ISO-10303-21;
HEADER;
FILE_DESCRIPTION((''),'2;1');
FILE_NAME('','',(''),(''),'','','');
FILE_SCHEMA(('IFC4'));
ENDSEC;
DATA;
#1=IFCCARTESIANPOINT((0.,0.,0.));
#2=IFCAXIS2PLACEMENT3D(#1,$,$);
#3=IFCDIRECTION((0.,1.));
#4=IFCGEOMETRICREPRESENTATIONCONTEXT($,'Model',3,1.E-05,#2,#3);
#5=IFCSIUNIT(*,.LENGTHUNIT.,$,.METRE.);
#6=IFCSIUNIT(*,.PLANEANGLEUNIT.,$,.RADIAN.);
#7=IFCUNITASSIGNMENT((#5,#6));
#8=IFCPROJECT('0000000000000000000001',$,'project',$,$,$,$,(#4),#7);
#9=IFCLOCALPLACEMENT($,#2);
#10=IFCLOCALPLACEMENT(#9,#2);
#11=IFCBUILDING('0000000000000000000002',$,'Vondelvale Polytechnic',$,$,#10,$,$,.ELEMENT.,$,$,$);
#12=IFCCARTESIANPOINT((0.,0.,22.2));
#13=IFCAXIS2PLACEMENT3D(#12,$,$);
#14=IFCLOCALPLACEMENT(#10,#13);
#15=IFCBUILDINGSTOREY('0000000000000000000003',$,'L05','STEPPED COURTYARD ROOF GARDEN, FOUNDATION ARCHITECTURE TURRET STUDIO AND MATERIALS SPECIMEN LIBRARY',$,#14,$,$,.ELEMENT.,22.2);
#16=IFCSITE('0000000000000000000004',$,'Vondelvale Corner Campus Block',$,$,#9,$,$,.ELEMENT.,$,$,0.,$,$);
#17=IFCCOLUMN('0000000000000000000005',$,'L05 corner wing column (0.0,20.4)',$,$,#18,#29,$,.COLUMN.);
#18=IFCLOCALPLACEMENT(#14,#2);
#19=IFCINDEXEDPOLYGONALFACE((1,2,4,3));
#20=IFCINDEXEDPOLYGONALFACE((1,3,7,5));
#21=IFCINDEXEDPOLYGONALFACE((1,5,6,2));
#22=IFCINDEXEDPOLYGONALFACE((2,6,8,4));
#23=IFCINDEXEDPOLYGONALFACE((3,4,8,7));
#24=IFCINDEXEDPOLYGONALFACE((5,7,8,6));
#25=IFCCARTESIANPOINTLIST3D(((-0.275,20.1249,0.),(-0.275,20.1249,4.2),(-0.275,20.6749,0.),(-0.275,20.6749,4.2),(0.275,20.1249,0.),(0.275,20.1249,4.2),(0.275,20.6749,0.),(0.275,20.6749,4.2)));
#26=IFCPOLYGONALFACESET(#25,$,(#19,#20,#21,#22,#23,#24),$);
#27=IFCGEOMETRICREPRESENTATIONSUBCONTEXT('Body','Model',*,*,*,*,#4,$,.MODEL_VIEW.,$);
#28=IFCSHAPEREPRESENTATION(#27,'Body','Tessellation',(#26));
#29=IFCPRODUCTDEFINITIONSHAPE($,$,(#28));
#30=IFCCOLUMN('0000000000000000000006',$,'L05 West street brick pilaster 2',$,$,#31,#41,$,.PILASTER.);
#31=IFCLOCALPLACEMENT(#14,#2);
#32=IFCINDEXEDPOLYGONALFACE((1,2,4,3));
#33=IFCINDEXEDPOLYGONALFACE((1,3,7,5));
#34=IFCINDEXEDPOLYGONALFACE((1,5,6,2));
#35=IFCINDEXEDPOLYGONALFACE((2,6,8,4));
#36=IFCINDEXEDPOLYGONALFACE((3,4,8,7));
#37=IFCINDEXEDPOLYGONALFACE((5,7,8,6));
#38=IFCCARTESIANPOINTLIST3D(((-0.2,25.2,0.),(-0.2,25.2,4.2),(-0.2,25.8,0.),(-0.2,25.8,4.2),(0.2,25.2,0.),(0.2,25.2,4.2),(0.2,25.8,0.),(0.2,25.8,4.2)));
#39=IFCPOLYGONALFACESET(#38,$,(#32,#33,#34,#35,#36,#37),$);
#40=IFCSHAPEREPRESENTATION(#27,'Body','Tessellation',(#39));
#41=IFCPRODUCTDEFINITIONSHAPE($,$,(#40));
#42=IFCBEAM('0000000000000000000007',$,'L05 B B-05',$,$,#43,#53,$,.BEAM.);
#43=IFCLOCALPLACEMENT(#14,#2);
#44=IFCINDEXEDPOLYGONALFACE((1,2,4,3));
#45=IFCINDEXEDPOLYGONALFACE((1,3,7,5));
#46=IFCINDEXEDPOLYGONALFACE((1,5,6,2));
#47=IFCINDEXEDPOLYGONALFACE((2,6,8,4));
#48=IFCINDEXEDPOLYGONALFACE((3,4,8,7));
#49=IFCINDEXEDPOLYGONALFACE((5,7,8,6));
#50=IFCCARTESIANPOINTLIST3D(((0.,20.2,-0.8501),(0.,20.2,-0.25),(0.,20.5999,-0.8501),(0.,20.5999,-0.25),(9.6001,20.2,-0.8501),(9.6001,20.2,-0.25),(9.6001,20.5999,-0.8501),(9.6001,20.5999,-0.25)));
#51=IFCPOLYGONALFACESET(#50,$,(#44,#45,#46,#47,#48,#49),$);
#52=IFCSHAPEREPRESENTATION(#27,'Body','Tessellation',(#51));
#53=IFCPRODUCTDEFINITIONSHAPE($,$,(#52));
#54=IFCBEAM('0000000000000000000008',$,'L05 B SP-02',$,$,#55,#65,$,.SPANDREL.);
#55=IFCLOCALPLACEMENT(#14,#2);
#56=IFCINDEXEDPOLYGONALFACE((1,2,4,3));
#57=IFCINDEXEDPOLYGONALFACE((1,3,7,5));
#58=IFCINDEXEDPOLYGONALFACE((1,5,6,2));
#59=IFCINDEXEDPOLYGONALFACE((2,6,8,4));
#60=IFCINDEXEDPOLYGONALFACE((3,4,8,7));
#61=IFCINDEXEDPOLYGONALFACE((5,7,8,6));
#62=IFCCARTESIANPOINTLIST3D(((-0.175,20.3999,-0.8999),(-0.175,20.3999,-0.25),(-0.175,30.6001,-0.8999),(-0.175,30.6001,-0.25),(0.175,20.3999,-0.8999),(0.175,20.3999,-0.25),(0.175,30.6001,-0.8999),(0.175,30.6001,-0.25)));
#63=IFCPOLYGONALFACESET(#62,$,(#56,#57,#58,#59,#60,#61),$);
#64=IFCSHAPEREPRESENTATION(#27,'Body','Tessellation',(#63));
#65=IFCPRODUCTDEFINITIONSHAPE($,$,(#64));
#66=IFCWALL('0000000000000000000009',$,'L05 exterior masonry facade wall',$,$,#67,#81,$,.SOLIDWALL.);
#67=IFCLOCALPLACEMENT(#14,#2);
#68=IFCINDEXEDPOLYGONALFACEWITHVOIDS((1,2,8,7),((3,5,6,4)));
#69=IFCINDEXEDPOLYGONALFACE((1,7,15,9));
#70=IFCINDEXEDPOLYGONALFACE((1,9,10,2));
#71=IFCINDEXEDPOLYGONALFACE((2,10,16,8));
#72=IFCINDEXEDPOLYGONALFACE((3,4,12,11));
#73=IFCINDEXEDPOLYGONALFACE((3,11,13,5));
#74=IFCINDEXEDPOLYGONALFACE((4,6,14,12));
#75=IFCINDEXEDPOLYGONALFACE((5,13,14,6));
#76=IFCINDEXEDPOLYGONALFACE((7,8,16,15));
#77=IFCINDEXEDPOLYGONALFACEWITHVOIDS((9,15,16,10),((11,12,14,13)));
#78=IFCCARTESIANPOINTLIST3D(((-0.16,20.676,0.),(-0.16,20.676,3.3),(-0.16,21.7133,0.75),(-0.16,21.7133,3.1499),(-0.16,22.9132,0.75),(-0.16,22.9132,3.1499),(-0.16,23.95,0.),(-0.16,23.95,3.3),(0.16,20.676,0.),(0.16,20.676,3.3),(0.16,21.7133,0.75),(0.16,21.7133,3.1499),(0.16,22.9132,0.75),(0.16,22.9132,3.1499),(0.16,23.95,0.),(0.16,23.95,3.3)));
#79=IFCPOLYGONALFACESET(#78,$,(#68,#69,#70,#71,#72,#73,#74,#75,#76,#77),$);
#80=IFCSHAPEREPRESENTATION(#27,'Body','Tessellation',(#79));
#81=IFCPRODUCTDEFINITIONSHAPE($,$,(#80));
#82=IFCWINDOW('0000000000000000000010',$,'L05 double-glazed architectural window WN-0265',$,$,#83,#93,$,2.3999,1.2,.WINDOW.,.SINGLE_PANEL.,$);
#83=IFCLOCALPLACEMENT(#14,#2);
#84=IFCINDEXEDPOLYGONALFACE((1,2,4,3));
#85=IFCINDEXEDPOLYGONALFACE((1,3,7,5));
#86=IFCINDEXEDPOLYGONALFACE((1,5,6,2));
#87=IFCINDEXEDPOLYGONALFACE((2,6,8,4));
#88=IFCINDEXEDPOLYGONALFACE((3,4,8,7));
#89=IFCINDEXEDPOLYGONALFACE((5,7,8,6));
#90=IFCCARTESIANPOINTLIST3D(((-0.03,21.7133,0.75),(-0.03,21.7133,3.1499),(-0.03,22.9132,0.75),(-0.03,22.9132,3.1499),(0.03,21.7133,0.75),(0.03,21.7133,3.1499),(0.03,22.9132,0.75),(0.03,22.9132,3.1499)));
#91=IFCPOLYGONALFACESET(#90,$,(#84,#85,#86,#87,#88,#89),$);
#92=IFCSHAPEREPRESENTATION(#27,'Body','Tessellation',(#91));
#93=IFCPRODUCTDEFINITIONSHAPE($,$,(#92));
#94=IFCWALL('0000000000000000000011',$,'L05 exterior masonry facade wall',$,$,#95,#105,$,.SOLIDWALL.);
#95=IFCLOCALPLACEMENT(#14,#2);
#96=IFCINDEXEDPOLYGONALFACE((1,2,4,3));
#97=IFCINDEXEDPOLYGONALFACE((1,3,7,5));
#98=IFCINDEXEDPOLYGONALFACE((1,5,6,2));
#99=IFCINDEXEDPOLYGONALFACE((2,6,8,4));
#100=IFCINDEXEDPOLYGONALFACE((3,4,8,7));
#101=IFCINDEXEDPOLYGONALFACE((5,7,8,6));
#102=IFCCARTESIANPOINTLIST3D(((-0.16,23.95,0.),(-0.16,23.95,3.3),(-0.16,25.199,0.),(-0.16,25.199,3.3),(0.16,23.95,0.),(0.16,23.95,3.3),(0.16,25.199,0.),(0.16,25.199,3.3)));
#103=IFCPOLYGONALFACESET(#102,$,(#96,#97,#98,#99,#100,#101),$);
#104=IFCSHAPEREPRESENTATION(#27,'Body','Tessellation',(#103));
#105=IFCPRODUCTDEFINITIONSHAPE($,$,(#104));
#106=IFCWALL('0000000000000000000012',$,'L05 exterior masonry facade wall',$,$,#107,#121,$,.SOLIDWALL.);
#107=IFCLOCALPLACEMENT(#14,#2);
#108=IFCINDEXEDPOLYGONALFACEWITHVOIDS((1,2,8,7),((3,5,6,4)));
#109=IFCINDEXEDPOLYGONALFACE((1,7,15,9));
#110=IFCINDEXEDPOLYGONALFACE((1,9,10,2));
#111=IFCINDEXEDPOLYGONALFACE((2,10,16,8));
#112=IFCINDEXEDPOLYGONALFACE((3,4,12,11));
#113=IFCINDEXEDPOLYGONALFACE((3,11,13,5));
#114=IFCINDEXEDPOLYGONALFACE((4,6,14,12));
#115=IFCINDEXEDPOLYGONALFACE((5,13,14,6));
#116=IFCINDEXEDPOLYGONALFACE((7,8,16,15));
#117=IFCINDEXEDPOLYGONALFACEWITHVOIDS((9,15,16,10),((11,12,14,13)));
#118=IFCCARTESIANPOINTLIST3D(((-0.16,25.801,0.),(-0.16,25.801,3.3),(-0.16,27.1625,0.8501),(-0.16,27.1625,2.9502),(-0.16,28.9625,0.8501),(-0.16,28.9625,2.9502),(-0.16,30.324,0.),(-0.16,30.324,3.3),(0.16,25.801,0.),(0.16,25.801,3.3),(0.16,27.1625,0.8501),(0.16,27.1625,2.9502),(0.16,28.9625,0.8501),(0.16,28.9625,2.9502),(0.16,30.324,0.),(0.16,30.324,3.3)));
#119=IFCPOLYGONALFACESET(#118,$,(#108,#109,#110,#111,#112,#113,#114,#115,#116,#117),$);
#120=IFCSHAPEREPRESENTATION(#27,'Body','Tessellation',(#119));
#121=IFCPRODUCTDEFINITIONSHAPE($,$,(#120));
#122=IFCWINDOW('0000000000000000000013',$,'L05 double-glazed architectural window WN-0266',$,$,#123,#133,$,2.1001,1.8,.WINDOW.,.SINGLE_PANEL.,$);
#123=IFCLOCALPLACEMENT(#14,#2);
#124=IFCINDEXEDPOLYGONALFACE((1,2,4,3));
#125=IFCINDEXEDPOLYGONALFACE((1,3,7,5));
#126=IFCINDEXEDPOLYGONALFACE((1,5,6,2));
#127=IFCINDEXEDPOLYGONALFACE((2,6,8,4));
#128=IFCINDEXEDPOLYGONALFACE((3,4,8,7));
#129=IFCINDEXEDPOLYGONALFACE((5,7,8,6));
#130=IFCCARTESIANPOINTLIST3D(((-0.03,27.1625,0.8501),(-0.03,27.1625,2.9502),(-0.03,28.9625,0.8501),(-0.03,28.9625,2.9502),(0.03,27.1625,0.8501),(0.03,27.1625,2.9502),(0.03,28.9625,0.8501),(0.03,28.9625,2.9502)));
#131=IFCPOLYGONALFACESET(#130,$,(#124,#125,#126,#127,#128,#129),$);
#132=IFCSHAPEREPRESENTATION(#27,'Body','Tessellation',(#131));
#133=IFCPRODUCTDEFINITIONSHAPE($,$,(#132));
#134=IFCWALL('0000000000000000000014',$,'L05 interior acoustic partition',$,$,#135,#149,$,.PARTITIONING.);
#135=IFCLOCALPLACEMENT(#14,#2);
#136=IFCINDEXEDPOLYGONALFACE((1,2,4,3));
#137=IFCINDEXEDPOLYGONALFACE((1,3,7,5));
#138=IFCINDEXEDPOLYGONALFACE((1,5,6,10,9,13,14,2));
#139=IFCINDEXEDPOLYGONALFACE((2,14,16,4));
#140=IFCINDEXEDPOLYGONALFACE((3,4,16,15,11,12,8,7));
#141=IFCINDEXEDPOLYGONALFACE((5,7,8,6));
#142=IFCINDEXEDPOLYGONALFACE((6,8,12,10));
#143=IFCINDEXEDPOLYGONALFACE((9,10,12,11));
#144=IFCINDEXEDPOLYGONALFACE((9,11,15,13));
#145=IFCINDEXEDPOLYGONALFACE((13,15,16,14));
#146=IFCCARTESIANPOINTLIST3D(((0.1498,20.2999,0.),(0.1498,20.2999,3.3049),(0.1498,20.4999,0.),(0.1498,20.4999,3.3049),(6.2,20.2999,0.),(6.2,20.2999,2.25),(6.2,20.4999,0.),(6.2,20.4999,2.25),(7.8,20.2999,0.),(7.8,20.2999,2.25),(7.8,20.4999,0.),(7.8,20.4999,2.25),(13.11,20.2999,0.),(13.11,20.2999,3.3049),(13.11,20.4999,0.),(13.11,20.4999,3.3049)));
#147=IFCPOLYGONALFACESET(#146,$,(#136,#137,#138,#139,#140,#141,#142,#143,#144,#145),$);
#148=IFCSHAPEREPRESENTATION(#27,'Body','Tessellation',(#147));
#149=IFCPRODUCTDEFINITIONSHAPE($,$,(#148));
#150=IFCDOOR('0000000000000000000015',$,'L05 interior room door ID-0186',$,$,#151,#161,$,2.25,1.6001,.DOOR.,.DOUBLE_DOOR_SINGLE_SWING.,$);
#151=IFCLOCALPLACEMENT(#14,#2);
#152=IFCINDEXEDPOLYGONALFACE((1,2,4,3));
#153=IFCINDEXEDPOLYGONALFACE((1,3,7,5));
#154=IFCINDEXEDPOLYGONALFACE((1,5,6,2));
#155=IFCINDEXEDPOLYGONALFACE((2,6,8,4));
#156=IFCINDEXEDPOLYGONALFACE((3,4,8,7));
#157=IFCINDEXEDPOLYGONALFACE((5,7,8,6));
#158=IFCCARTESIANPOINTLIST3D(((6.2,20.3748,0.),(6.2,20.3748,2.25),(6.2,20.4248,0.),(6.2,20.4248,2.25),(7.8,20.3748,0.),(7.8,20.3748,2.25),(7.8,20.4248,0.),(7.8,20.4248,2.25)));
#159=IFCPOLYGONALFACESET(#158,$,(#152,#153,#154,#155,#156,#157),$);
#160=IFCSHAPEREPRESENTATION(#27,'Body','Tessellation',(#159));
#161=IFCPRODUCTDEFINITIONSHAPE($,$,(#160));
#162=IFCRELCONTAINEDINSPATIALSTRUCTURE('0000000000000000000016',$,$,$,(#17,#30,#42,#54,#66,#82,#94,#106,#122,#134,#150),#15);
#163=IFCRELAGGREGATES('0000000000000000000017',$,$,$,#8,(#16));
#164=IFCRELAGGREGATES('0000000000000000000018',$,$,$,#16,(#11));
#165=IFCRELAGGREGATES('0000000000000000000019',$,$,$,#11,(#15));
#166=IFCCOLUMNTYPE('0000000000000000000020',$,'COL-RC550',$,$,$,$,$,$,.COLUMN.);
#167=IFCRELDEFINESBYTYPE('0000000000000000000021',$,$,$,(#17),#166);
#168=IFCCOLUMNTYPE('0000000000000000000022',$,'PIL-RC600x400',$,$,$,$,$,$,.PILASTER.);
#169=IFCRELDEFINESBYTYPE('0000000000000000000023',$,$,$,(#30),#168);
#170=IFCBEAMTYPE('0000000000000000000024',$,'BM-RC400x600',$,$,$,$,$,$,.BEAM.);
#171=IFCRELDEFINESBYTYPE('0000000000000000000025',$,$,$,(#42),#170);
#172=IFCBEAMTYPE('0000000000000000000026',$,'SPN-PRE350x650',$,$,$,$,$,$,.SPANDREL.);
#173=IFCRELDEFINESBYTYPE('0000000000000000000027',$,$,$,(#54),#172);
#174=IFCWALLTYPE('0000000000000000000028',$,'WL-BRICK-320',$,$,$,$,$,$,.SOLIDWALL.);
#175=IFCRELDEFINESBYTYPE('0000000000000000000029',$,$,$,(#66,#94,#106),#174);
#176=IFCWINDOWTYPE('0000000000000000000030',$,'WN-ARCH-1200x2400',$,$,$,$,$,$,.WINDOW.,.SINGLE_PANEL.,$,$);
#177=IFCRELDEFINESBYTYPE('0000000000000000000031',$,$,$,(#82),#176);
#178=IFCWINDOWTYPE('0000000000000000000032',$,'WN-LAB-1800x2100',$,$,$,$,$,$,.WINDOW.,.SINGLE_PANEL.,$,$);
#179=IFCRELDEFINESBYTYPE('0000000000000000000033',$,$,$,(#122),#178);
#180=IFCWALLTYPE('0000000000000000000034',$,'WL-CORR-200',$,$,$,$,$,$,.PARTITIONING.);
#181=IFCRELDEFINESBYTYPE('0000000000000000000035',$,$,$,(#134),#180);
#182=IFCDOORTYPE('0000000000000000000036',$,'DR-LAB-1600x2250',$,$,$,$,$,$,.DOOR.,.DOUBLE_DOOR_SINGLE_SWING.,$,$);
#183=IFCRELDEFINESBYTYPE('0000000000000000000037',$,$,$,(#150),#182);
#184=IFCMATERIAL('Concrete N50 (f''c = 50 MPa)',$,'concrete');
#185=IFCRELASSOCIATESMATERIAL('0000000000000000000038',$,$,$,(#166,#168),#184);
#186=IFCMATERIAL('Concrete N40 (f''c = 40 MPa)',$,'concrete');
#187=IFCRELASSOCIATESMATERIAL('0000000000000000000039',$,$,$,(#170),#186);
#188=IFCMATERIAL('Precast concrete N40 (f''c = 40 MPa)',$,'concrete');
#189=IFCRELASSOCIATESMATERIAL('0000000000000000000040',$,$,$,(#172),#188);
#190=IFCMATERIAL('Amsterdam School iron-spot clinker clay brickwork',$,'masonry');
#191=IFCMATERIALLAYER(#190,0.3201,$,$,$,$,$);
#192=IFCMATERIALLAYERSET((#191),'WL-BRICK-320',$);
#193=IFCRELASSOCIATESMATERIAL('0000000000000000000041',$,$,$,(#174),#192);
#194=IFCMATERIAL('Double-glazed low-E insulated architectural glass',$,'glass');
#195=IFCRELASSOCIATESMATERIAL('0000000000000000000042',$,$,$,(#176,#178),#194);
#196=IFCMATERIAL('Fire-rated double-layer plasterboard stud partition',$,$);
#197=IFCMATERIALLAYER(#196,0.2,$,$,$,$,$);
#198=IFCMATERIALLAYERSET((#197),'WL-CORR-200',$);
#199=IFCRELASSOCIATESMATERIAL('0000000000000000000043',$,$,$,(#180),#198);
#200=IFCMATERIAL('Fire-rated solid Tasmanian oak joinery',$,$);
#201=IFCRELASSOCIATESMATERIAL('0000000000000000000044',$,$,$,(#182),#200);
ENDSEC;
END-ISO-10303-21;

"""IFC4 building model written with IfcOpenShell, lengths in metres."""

from ifc_helpers import new_model, si_unit, direction, frame, frame_2d, origin, origin_2d, place, context, subcontext, project, spatial, rectangle, extrude, material, layer, layer_set, material_profile, profile_set, type_object, element, fill, save


model = new_model("IFC4")

# Units and contexts
model_context = context("Model", 3, precision=1e-05, world=origin(), true_north=direction((0.0, 1.0)))
body_context = subcontext(model_context, "Body", "Model", "MODEL_VIEW")
ifc_project = project(units=[si_unit("LENGTHUNIT", "METRE"), si_unit("PLANEANGLEUNIT", "RADIAN")], contexts=[model_context])

# Site, building, storey
site_placement = place(None, origin())
site = spatial("IfcSite", under=ifc_project, at=site_placement, Name="Vondelvale Corner Campus Block", CompositionType="ELEMENT", RefElevation=0.0)
building_placement = place(site_placement, origin())
building = spatial("IfcBuilding", under=site, at=building_placement, Name="Vondelvale Polytechnic", CompositionType="ELEMENT")
storey_placement = place(building_placement, frame((0.0, 0.0, 22.2)))
storey = spatial("IfcBuildingStorey", under=building, at=storey_placement, Name="L05", Description="STEPPED COURTYARD ROOF GARDEN, FOUNDATION ARCHITECTURE TURRET STUDIO AND MATERIALS SPECIMEN LIBRARY", CompositionType="ELEMENT", Elevation=22.2)

# Columns
ifc_material_1 = material(Name="Concrete N50 (f'c = 50 MPa)", Category="concrete")
ifc_material_profile_1 = material_profile(ifc_material_1, rectangle(XDim=0.55, YDim=0.55, at=origin_2d()), Name="RC-COL-550x550")
ifc_profile_set_1 = profile_set([ifc_material_profile_1], Name="Concrete N50 (f'c = 50 MPa)")
column_type_1 = type_object("IfcColumnType", Name="COL-RC550", PredefinedType="COLUMN", material=ifc_profile_set_1)
column_1_placement = place(storey_placement, frame((0.0, 20.3999, 0.0), z_axis=(0.0, 0.0, 1.0), x_axis=(1.0, 0.0, 0.0)))
element("IfcColumn", 1, at=column_1_placement, inside=storey, type_object=column_type_1, Name="L05 corner wing column (0.0,20.4)", PredefinedType="COLUMN", context=body_context, shape_type="SweptSolid", body=[
    extrude(rectangle(XDim=0.55, YDim=0.55, at=origin_2d()), origin(), (0.0, 0.0, 1.0), 4.2),
])
ifc_material_profile_2 = material_profile(ifc_material_1, rectangle(XDim=0.3999, YDim=0.6001, at=origin_2d()), Name="RC-PIL-600x400")
ifc_profile_set_2 = profile_set([ifc_material_profile_2], Name="Concrete N50 (f'c = 50 MPa)")
column_type_2 = type_object("IfcColumnType", Name="PIL-RC600x400", PredefinedType="PILASTER", material=ifc_profile_set_2)
column_2_placement = place(storey_placement, frame((0.0, 25.5, 0.0), z_axis=(0.0, 0.0, 1.0), x_axis=(1.0, 0.0, 0.0)))
element("IfcColumn", 2, at=column_2_placement, inside=storey, type_object=column_type_2, Name="L05 West street brick pilaster 2", PredefinedType="PILASTER", context=body_context, shape_type="SweptSolid", body=[
    extrude(rectangle(XDim=0.3999, YDim=0.6001, at=origin_2d()), origin(), (0.0, 0.0, 1.0), 4.2),
])

# Beams
ifc_material_2 = material(Name="Concrete N40 (f'c = 40 MPa)", Category="concrete")
ifc_material_profile_3 = material_profile(ifc_material_2, rectangle(XDim=0.3999, YDim=0.6001, at=origin_2d()), Name="RC-BM-400x600")
ifc_profile_set_3 = profile_set([ifc_material_profile_3], Name="Concrete N40 (f'c = 40 MPa)")
beam_type_1 = type_object("IfcBeamType", Name="BM-RC400x600", PredefinedType="BEAM", material=ifc_profile_set_3)
beam_1_placement = place(storey_placement, frame((0.0, 20.3999, -0.55), z_axis=(1.0, 0.0, 0.0), x_axis=(0.0, 1.0, 0.0)))
element("IfcBeam", 3, at=beam_1_placement, inside=storey, type_object=beam_type_1, Name="L05 B B-05", PredefinedType="BEAM", context=body_context, shape_type="SweptSolid", body=[
    extrude(rectangle(XDim=0.3999, YDim=0.6001, at=origin_2d()), origin(), (0.0, 0.0, 1.0), 9.6001),
])
ifc_material_3 = material(Name="Precast concrete N40 (f'c = 40 MPa)", Category="concrete")
ifc_material_profile_4 = material_profile(ifc_material_3, rectangle(XDim=0.3501, YDim=0.6499, at=origin_2d()), Name="RC-SPN-350x650")
ifc_profile_set_4 = profile_set([ifc_material_profile_4], Name="Precast concrete N40 (f'c = 40 MPa)")
beam_type_2 = type_object("IfcBeamType", Name="SPN-PRE350x650", PredefinedType="SPANDREL", material=ifc_profile_set_4)
beam_2_placement = place(storey_placement, frame((0.0, 20.3999, -0.575), z_axis=(0.0, 1.0, 0.0), x_axis=(-1.0, 0.0, 0.0)))
element("IfcBeam", 4, at=beam_2_placement, inside=storey, type_object=beam_type_2, Name="L05 B SP-02", PredefinedType="SPANDREL", context=body_context, shape_type="SweptSolid", body=[
    extrude(rectangle(XDim=0.3501, YDim=0.6499, at=origin_2d()), origin(), (0.0, 0.0, 1.0), 10.2002),
])

# Wall, opening, window
ifc_material_4 = material(Name="Amsterdam School iron-spot clinker clay brickwork", Category="masonry")
ifc_layer_1 = layer(ifc_material_4, 0.3201)
ifc_layer_set_1 = layer_set([ifc_layer_1], Name="WL-BRICK-320")
wall_type_1 = type_object("IfcWallType", Name="WL-BRICK-320", PredefinedType="SOLIDWALL", material=ifc_layer_set_1)
wall_1_placement = place(storey_placement, frame((0.0, 20.676, 0.0), z_axis=(0.0, 0.0, 1.0), x_axis=(0.0, 1.0, 0.0)))
wall_1 = element("IfcWall", 5, at=wall_1_placement, inside=storey, type_object=wall_type_1, Name="L05 exterior masonry facade wall", PredefinedType="SOLIDWALL", context=body_context, shape_type="SweptSolid", body=[
    extrude(rectangle(XDim=3.2739, YDim=0.3201, at=frame_2d((1.637, 0.0))), origin(), (0.0, 0.0, 1.0), 3.3),
])
opening_1_placement = place(wall_1_placement, frame((1.0371, 0.0, 0.75)))
opening_1 = element("IfcOpeningElement", 6, at=opening_1_placement, cuts=wall_1, PredefinedType="OPENING", context=body_context, shape_type="SweptSolid", body=[
    extrude(rectangle(XDim=1.2, YDim=2.3999, at=frame_2d((0.6001, 1.2))), frame((0.0, 0.1699, 0.0), z_axis=(0.0, -1.0, 0.0), x_axis=(1.0, 0.0, 0.0)), (0.0, 0.0, 1.0), 0.3401),
])
ifc_material_5 = material(Name="Double-glazed low-E insulated architectural glass", Category="glass")
window_type_1 = type_object("IfcWindowType", Name="WN-ARCH-1200x2400", PartitioningType="SINGLE_PANEL", PredefinedType="WINDOW", material=ifc_material_5)
window_1_placement = place(opening_1_placement, origin())
window_1 = element("IfcWindow", 7, at=window_1_placement, inside=storey, type_object=window_type_1, Name="L05 double-glazed architectural window WN-0265", OverallHeight=2.3999, OverallWidth=1.2, PartitioningType="SINGLE_PANEL", PredefinedType="WINDOW", context=body_context, shape_type="SweptSolid", body=[
    extrude(rectangle(XDim=1.2, YDim=2.3999, at=frame_2d((0.6001, 1.2))), frame((0.0, 0.03, 0.0), z_axis=(0.0, -1.0, 0.0), x_axis=(1.0, 0.0, 0.0)), (0.0, 0.0, 1.0), 0.0601),
])
fill(opening_1, window_1)

# Wall
wall_2_placement = place(storey_placement, frame((0.0, 23.95, 0.0), z_axis=(0.0, 0.0, 1.0), x_axis=(0.0, 1.0, 0.0)))
element("IfcWall", 8, at=wall_2_placement, inside=storey, type_object=wall_type_1, Name="L05 exterior masonry facade wall", PredefinedType="SOLIDWALL", context=body_context, shape_type="SweptSolid", body=[
    extrude(rectangle(XDim=1.249, YDim=0.3201, at=frame_2d((0.6245, 0.0))), origin(), (0.0, 0.0, 1.0), 3.3),
])

# Wall, opening, window
wall_3_placement = place(storey_placement, frame((0.0, 25.801, 0.0), z_axis=(0.0, 0.0, 1.0), x_axis=(0.0, 1.0, 0.0)))
wall_3 = element("IfcWall", 9, at=wall_3_placement, inside=storey, type_object=wall_type_1, Name="L05 exterior masonry facade wall", PredefinedType="SOLIDWALL", context=body_context, shape_type="SweptSolid", body=[
    extrude(rectangle(XDim=4.5229, YDim=0.3201, at=frame_2d((2.2615, 0.0))), origin(), (0.0, 0.0, 1.0), 3.3),
])
opening_2_placement = place(wall_3_placement, frame((1.3616, 0.0, 0.8501)))
opening_2 = element("IfcOpeningElement", 10, at=opening_2_placement, cuts=wall_3, PredefinedType="OPENING", context=body_context, shape_type="SweptSolid", body=[
    extrude(rectangle(XDim=1.8, YDim=2.1001, at=frame_2d((0.8999, 1.05))), frame((0.0, 0.1699, 0.0), z_axis=(0.0, -1.0, 0.0), x_axis=(1.0, 0.0, 0.0)), (0.0, 0.0, 1.0), 0.3401),
])
window_type_2 = type_object("IfcWindowType", Name="WN-LAB-1800x2100", PartitioningType="SINGLE_PANEL", PredefinedType="WINDOW", material=ifc_material_5)
window_2_placement = place(opening_2_placement, origin())
window_2 = element("IfcWindow", 11, at=window_2_placement, inside=storey, type_object=window_type_2, Name="L05 double-glazed architectural window WN-0266", OverallHeight=2.1001, OverallWidth=1.8, PartitioningType="SINGLE_PANEL", PredefinedType="WINDOW", context=body_context, shape_type="SweptSolid", body=[
    extrude(rectangle(XDim=1.8, YDim=2.1001, at=frame_2d((0.8999, 1.05))), frame((0.0, 0.03, 0.0), z_axis=(0.0, -1.0, 0.0), x_axis=(1.0, 0.0, 0.0)), (0.0, 0.0, 1.0), 0.0601),
])
fill(opening_2, window_2)

# Wall, opening, door
ifc_material_6 = material(Name="Fire-rated double-layer plasterboard stud partition")
ifc_layer_2 = layer(ifc_material_6, 0.2)
ifc_layer_set_2 = layer_set([ifc_layer_2], Name="WL-CORR-200")
wall_type_2 = type_object("IfcWallType", Name="WL-CORR-200", PredefinedType="PARTITIONING", material=ifc_layer_set_2)
wall_4_placement = place(storey_placement, frame((0.1499, 20.3999, 0.0), z_axis=(0.0, 0.0, 1.0), x_axis=(1.0, 0.0, 0.0)))
wall_4 = element("IfcWall", 12, at=wall_4_placement, inside=storey, type_object=wall_type_2, Name="L05 interior acoustic partition", PredefinedType="PARTITIONING", context=body_context, shape_type="SweptSolid", body=[
    extrude(rectangle(XDim=12.9602, YDim=0.2, at=frame_2d((6.48, 0.0))), origin(), (0.0, 0.0, 1.0), 3.3049),
])
opening_3_placement = place(wall_4_placement, frame((6.05, 0.0, 0.0)))
opening_3 = element("IfcOpeningElement", 13, at=opening_3_placement, cuts=wall_4, PredefinedType="OPENING", context=body_context, shape_type="SweptSolid", body=[
    extrude(rectangle(XDim=1.6001, YDim=2.25, at=frame_2d((0.8, 1.125))), frame((0.0, 0.1099, 0.0), z_axis=(0.0, -1.0, 0.0), x_axis=(1.0, 0.0, 0.0)), (0.0, 0.0, 1.0), 0.22),
])
ifc_material_7 = material(Name="Fire-rated solid Tasmanian oak joinery")
door_type_1 = type_object("IfcDoorType", Name="DR-LAB-1600x2250", OperationType="DOUBLE_DOOR_SINGLE_SWING", PredefinedType="DOOR", material=ifc_material_7)
door_1_placement = place(opening_3_placement, origin())
door_1 = element("IfcDoor", 14, at=door_1_placement, inside=storey, type_object=door_type_1, Name="L05 interior room door ID-0186", OperationType="DOUBLE_DOOR_SINGLE_SWING", OverallHeight=2.25, OverallWidth=1.6001, PredefinedType="DOOR", context=body_context, shape_type="SweptSolid", body=[
    extrude(rectangle(XDim=1.6001, YDim=2.25, at=frame_2d((0.8, 1.125))), frame((0.0, 0.0249, 0.0), z_axis=(0.0, -1.0, 0.0), x_axis=(1.0, 0.0, 0.0)), (0.0, 0.0, 1.0), 0.05),
])
fill(opening_3, door_1)

save(model, "model.ifc")
